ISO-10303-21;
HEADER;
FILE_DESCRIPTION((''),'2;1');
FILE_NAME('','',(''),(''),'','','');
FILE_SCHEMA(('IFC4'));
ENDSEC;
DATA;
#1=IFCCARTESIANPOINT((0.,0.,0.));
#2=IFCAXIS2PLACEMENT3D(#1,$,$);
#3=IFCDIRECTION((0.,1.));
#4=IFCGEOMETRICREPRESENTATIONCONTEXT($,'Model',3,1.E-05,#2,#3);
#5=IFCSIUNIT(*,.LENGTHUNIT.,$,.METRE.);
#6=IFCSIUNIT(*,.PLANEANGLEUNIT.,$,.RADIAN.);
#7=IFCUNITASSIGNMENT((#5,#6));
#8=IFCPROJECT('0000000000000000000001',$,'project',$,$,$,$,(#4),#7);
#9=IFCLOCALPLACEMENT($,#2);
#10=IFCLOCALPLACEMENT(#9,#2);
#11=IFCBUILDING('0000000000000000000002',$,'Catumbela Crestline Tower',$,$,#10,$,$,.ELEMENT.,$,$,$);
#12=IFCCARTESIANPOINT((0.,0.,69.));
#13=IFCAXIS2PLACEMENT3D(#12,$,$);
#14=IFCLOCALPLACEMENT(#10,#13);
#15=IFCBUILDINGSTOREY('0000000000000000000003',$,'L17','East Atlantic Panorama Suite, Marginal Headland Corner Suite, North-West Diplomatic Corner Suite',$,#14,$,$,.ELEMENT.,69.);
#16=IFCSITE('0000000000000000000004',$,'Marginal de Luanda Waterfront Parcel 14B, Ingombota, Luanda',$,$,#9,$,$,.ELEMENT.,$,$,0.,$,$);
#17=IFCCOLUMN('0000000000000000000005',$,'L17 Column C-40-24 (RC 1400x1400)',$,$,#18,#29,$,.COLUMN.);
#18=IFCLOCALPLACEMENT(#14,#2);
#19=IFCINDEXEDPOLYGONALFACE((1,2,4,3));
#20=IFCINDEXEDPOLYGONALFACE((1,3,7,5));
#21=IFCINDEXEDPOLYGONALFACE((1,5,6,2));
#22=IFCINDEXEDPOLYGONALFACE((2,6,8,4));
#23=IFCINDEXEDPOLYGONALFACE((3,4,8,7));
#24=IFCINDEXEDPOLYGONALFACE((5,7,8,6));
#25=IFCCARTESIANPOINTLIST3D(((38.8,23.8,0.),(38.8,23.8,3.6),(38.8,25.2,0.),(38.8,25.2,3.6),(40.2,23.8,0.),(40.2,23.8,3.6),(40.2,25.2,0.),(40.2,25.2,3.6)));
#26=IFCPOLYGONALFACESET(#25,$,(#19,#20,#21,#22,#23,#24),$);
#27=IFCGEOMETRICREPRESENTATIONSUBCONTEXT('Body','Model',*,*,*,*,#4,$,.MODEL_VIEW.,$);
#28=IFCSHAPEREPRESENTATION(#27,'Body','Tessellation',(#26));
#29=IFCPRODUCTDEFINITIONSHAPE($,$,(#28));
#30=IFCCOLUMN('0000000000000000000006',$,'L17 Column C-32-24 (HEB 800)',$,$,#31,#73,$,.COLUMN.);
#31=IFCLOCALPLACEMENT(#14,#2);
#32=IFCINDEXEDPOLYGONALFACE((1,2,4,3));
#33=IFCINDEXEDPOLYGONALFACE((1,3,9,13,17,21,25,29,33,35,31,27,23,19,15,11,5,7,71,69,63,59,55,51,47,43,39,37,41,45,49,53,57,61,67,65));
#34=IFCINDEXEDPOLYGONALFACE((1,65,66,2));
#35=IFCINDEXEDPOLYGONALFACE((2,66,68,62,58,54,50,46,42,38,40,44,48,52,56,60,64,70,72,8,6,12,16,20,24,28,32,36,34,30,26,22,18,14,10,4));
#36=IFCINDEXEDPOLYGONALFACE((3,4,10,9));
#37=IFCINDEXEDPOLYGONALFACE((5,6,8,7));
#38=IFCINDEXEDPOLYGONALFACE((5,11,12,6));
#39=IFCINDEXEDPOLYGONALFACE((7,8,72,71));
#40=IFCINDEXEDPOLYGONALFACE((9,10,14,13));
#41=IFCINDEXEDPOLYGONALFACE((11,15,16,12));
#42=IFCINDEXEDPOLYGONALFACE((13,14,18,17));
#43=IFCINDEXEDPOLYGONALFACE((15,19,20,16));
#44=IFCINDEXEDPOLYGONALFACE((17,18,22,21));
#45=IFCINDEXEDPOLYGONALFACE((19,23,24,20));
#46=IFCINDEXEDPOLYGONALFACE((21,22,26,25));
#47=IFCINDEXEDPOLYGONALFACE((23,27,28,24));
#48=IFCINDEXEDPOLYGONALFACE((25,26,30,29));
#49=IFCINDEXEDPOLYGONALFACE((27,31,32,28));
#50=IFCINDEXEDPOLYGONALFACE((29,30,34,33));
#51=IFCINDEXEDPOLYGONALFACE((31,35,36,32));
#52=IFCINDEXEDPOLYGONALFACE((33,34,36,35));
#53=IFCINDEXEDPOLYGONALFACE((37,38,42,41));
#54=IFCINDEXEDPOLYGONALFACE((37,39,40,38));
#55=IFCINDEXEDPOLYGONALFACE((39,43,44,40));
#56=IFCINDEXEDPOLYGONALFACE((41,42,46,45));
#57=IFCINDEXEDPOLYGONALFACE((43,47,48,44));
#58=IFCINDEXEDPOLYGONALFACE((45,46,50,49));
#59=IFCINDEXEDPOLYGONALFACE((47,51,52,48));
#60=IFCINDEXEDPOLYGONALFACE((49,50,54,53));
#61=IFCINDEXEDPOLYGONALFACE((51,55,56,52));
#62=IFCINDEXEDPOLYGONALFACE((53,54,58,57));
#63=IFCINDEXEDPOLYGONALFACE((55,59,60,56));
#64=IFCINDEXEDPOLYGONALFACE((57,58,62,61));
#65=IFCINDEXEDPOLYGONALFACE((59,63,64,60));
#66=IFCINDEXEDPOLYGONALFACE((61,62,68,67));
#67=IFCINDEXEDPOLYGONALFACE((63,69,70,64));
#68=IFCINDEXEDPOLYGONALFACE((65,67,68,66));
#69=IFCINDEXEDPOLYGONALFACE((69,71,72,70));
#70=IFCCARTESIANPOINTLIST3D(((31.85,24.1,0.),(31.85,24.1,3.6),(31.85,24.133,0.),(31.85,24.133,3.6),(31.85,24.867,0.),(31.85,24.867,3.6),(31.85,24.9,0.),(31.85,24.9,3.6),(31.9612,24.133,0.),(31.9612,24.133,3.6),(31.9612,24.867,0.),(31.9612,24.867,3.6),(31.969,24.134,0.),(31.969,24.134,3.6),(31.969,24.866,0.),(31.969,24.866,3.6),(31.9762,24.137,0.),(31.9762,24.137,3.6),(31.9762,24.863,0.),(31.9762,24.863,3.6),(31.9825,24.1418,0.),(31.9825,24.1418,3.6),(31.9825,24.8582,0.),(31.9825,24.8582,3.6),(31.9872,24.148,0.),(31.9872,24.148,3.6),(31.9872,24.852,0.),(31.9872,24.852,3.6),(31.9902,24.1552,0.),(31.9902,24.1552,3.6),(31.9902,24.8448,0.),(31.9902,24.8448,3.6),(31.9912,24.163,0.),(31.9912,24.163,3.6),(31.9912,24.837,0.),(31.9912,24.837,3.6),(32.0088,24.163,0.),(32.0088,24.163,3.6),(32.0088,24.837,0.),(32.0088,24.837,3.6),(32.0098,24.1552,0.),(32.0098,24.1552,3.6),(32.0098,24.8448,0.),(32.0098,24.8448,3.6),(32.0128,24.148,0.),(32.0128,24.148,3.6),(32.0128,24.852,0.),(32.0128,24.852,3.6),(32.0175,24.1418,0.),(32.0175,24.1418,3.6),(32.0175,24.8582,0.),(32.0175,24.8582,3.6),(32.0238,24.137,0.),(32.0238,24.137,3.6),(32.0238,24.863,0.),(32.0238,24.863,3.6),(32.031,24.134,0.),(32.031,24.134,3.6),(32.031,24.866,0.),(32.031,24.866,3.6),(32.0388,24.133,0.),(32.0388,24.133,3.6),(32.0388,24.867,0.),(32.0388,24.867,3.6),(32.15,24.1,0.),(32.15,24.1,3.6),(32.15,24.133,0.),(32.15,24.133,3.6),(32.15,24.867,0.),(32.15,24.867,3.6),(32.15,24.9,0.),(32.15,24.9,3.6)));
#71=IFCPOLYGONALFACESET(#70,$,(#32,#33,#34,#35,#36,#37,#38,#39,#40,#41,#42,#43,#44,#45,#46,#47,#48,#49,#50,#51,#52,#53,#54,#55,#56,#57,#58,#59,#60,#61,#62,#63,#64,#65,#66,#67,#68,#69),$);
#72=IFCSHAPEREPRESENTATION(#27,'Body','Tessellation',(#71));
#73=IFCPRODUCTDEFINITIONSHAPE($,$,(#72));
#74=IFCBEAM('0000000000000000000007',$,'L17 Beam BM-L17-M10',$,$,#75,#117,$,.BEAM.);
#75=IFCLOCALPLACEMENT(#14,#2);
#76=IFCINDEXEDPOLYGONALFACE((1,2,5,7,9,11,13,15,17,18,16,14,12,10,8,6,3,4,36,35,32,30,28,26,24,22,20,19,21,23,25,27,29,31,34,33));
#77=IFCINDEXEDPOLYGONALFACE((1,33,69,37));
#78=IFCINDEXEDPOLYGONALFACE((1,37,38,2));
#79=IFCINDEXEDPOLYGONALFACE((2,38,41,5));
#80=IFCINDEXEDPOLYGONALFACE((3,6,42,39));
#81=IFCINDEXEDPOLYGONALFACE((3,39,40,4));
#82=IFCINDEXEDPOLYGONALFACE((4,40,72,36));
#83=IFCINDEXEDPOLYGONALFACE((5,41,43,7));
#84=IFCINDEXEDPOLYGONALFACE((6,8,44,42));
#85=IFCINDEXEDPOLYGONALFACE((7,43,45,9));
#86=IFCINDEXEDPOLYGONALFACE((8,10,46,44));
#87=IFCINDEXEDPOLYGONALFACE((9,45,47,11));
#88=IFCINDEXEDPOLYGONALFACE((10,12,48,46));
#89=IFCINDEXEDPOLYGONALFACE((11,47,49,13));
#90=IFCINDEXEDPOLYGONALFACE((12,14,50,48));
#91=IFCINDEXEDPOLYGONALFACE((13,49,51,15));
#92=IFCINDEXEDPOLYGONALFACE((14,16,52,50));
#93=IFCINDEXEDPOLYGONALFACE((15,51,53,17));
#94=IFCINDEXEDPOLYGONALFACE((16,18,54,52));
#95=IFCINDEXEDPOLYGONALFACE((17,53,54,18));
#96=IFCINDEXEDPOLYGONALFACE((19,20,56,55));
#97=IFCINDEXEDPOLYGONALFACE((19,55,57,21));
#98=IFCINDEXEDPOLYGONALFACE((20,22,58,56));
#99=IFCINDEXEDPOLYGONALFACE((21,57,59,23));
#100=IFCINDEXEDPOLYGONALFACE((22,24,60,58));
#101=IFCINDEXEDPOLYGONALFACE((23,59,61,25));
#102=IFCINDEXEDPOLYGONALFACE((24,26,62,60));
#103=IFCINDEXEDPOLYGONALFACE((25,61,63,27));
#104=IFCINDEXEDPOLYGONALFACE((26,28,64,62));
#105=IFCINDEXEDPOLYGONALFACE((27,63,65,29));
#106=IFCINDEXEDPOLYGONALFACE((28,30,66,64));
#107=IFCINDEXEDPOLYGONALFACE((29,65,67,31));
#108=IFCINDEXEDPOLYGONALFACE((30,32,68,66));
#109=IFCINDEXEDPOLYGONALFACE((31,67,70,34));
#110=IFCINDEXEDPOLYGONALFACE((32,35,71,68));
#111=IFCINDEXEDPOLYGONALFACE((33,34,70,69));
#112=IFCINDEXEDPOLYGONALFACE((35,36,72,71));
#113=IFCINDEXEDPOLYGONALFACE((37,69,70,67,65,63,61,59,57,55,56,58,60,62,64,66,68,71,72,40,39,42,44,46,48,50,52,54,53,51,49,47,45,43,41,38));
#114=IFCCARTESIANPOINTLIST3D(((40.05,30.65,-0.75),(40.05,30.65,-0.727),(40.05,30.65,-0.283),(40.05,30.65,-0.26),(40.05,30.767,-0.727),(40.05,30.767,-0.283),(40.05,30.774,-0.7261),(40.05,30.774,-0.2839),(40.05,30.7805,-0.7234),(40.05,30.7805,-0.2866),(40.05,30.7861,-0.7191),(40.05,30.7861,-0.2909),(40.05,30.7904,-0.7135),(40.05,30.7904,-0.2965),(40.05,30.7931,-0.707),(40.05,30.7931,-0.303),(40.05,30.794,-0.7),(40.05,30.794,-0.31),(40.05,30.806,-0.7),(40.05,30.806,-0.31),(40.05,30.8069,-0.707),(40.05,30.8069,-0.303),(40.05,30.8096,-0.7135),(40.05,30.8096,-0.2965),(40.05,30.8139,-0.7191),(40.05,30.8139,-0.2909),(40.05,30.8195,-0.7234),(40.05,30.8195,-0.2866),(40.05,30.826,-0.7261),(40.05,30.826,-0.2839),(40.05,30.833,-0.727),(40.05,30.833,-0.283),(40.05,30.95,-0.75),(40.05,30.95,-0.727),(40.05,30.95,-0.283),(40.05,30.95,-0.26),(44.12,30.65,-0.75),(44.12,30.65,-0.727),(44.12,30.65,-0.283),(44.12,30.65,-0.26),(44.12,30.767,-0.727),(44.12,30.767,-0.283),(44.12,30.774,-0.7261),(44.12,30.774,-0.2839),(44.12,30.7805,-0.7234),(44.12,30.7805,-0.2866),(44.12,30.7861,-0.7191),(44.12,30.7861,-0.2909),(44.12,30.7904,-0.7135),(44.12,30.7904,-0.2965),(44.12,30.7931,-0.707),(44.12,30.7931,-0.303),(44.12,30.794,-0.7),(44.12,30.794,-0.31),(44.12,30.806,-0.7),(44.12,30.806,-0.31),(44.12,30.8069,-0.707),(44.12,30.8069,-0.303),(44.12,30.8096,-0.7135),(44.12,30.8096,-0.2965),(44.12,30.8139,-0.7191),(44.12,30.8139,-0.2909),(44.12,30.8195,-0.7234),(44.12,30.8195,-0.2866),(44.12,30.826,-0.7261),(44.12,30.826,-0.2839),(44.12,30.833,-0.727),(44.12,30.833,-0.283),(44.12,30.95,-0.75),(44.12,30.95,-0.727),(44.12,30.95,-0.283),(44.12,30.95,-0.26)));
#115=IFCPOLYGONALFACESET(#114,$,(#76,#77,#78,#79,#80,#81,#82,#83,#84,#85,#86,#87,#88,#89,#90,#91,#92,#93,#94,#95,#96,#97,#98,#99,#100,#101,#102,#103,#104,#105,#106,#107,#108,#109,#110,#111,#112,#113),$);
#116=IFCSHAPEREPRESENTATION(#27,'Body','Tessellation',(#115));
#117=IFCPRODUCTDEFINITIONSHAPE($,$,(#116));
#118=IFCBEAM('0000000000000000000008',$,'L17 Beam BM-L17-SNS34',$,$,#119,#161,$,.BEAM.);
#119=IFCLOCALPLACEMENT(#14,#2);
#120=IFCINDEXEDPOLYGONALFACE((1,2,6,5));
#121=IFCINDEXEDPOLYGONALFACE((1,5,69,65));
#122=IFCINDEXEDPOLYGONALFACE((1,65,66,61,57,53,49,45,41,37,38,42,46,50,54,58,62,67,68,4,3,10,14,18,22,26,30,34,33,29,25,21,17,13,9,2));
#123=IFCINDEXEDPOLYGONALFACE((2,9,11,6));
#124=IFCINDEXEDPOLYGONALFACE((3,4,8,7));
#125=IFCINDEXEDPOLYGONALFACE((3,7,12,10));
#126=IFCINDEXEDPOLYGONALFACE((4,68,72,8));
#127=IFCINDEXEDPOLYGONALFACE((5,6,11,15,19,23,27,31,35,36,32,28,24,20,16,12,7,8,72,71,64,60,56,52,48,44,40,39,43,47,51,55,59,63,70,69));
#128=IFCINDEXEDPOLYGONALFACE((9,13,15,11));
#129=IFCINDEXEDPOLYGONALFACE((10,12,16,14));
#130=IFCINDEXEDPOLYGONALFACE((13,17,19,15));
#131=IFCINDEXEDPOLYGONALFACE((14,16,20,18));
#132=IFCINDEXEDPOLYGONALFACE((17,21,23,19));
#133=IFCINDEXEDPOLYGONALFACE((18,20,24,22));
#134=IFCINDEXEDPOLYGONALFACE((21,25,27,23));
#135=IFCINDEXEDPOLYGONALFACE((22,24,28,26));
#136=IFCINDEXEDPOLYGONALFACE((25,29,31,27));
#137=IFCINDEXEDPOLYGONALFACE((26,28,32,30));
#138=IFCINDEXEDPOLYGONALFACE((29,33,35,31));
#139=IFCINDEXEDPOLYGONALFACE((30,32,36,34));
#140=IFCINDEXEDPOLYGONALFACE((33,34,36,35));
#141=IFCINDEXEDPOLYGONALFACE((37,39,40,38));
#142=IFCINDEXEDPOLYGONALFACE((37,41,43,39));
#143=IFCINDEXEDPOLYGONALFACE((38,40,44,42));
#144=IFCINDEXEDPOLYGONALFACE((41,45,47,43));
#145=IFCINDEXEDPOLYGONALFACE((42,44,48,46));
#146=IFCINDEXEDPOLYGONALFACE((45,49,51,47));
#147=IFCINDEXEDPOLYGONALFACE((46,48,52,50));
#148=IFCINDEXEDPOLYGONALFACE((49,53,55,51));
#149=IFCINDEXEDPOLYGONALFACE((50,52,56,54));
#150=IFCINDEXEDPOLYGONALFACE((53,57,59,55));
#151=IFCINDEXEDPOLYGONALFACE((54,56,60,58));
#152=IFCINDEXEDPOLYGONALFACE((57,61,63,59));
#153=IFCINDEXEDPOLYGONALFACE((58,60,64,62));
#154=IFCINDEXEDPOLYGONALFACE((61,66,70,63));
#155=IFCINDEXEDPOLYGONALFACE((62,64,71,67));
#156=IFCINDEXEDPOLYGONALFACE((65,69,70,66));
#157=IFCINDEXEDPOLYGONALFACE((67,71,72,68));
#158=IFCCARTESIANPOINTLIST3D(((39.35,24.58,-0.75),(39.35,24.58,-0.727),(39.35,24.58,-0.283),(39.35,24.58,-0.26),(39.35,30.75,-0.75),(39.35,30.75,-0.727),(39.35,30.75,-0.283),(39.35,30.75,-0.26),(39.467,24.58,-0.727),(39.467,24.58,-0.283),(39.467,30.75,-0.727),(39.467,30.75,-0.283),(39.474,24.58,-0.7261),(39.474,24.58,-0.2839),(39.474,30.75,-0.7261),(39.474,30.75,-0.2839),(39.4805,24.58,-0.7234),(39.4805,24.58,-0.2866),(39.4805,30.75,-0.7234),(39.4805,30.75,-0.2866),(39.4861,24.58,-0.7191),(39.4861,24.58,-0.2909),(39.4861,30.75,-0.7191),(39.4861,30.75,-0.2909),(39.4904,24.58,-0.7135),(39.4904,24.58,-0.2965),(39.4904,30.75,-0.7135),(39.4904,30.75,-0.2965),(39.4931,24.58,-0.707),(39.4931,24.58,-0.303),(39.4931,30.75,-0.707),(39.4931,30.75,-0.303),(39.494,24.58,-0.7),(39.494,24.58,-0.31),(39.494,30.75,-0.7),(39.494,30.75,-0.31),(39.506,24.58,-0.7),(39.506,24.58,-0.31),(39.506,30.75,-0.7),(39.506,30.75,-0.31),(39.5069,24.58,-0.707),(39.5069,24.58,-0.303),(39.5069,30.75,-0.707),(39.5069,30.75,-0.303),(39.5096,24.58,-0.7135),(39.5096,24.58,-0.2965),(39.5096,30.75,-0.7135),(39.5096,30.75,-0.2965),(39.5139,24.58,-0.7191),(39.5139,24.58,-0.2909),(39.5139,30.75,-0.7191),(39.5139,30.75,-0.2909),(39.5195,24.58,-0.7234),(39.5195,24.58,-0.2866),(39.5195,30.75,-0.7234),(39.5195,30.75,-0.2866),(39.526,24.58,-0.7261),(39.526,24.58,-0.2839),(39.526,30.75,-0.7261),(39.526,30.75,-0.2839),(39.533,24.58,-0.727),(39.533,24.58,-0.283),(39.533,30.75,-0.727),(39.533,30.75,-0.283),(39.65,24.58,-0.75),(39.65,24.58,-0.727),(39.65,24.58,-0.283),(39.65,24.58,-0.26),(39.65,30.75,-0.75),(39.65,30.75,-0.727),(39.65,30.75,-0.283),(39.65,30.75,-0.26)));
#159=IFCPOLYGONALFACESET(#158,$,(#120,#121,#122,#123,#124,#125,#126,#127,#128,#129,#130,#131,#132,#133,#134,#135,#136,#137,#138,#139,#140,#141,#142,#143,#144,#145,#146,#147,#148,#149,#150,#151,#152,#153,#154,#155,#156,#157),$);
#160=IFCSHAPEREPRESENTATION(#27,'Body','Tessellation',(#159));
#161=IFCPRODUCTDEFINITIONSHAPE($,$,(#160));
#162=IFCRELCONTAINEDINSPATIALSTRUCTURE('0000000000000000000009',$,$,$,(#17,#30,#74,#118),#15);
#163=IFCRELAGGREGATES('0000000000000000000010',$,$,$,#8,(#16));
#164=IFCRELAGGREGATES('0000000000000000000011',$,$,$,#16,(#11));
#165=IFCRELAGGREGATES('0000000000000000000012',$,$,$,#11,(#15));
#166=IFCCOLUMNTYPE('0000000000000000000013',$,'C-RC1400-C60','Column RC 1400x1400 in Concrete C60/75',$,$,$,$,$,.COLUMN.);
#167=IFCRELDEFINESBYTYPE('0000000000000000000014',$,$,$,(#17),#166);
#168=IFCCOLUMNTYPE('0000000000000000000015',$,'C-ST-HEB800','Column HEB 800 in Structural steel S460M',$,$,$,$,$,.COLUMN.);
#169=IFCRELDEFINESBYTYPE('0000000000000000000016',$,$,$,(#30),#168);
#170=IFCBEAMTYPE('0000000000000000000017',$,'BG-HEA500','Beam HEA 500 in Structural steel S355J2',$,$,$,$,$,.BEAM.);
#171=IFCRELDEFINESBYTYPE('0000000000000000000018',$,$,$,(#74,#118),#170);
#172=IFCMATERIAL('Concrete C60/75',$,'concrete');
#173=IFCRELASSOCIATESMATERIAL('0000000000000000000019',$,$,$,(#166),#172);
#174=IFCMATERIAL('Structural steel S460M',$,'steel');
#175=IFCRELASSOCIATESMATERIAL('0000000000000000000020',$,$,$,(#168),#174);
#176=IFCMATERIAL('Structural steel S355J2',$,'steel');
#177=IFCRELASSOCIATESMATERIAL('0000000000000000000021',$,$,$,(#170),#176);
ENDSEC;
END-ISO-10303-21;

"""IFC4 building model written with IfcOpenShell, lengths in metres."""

from ifc_helpers import new_model, si_unit, direction, frame, origin, origin_2d, place, context, subcontext, project, spatial, rectangle, i_section, extrude, material, material_profile, profile_set, type_object, element, save


model = new_model("IFC4")

# Units and contexts
model_context = context("Model", 3, precision=1e-05, world=origin(), true_north=direction((0.0, 1.0)))
body_context = subcontext(model_context, "Body", "Model", "MODEL_VIEW")
ifc_project = project(units=[si_unit("LENGTHUNIT", "METRE"), si_unit("PLANEANGLEUNIT", "RADIAN")], contexts=[model_context])

# Site, building, storey
site_placement = place(None, origin())
site = spatial("IfcSite", under=ifc_project, at=site_placement, Name="Marginal de Luanda Waterfront Parcel 14B, Ingombota, Luanda", CompositionType="ELEMENT", RefElevation=0.0)
building_placement = place(site_placement, origin())
building = spatial("IfcBuilding", under=site, at=building_placement, Name="Catumbela Crestline Tower", CompositionType="ELEMENT")
storey_placement = place(building_placement, frame((0.0, 0.0, 69.0)))
storey = spatial("IfcBuildingStorey", under=building, at=storey_placement, Name="L17", Description="East Atlantic Panorama Suite, Marginal Headland Corner Suite, North-West Diplomatic Corner Suite", CompositionType="ELEMENT", Elevation=69.0)

# Columns
ifc_material_1 = material(Name="Concrete C60/75", Category="concrete")
ifc_material_profile_1 = material_profile(ifc_material_1, rectangle(XDim=1.4, YDim=1.4, at=origin_2d()), Name="RC 1400x1400")
ifc_profile_set_1 = profile_set([ifc_material_profile_1], Name="Concrete C60/75")
column_type_1 = type_object("IfcColumnType", Name="C-RC1400-C60", Description="Column RC 1400x1400 in Concrete C60/75", PredefinedType="COLUMN", material=ifc_profile_set_1)
column_1_placement = place(storey_placement, frame((39.5, 24.5, 0.0), z_axis=(0.0, 0.0, 1.0), x_axis=(1.0, 0.0, 0.0)))
element("IfcColumn", 1, at=column_1_placement, inside=storey, type_object=column_type_1, Name="L17 Column C-40-24 (RC 1400x1400)", PredefinedType="COLUMN", context=body_context, shape_type="SweptSolid", body=[
    extrude(rectangle(XDim=1.4, YDim=1.4, at=origin_2d()), origin(), (0.0, 0.0, 1.0), 3.6),
])
ifc_material_2 = material(Name="Structural steel S460M", Category="steel")
ifc_material_profile_2 = material_profile(ifc_material_2, i_section(OverallWidth=0.3, OverallDepth=0.8, WebThickness=0.0175, FlangeThickness=0.033, FilletRadius=0.03, at=origin_2d()), Name="HEB 800")
ifc_profile_set_2 = profile_set([ifc_material_profile_2], Name="Structural steel S460M")
column_type_2 = type_object("IfcColumnType", Name="C-ST-HEB800", Description="Column HEB 800 in Structural steel S460M", PredefinedType="COLUMN", material=ifc_profile_set_2)
column_2_placement = place(storey_placement, frame((32.0, 24.5, 0.0), z_axis=(0.0, 0.0, 1.0), x_axis=(1.0, 0.0, 0.0)))
element("IfcColumn", 2, at=column_2_placement, inside=storey, type_object=column_type_2, Name="L17 Column C-32-24 (HEB 800)", PredefinedType="COLUMN", context=body_context, shape_type="SweptSolid", body=[
    extrude(i_section(OverallWidth=0.3, OverallDepth=0.8, WebThickness=0.0175, FlangeThickness=0.033, FilletRadius=0.03, at=origin_2d()), origin(), (0.0, 0.0, 1.0), 3.6),
])

# Beams
ifc_material_3 = material(Name="Structural steel S355J2", Category="steel")
ifc_material_profile_3 = material_profile(ifc_material_3, i_section(OverallWidth=0.3, OverallDepth=0.49, WebThickness=0.012, FlangeThickness=0.023, FilletRadius=0.027, at=origin_2d()), Name="HEA 500")
ifc_profile_set_3 = profile_set([ifc_material_profile_3], Name="Structural steel S355J2")
beam_type_1 = type_object("IfcBeamType", Name="BG-HEA500", Description="Beam HEA 500 in Structural steel S355J2", PredefinedType="BEAM", material=ifc_profile_set_3)
beam_1_placement = place(storey_placement, frame((40.05, 30.8, -0.505), z_axis=(1.0, 0.0, 0.0), x_axis=(0.0, 1.0, 0.0)))
element("IfcBeam", 3, at=beam_1_placement, inside=storey, type_object=beam_type_1, Name="L17 Beam BM-L17-M10", PredefinedType="BEAM", context=body_context, shape_type="SweptSolid", body=[
    extrude(i_section(OverallWidth=0.3, OverallDepth=0.49, WebThickness=0.012, FlangeThickness=0.023, FilletRadius=0.027, at=origin_2d()), origin(), (0.0, 0.0, 1.0), 4.07),
])
beam_2_placement = place(storey_placement, frame((39.5, 24.58, -0.505), z_axis=(0.0, 1.0, 0.0), x_axis=(-1.0, 0.0, 0.0)))
element("IfcBeam", 4, at=beam_2_placement, inside=storey, type_object=beam_type_1, Name="L17 Beam BM-L17-SNS34", PredefinedType="BEAM", context=body_context, shape_type="SweptSolid", body=[
    extrude(i_section(OverallWidth=0.3, OverallDepth=0.49, WebThickness=0.012, FlangeThickness=0.023, FilletRadius=0.027, at=origin_2d()), origin(), (0.0, 0.0, 1.0), 6.17),
])

save(model, "model.ifc")
